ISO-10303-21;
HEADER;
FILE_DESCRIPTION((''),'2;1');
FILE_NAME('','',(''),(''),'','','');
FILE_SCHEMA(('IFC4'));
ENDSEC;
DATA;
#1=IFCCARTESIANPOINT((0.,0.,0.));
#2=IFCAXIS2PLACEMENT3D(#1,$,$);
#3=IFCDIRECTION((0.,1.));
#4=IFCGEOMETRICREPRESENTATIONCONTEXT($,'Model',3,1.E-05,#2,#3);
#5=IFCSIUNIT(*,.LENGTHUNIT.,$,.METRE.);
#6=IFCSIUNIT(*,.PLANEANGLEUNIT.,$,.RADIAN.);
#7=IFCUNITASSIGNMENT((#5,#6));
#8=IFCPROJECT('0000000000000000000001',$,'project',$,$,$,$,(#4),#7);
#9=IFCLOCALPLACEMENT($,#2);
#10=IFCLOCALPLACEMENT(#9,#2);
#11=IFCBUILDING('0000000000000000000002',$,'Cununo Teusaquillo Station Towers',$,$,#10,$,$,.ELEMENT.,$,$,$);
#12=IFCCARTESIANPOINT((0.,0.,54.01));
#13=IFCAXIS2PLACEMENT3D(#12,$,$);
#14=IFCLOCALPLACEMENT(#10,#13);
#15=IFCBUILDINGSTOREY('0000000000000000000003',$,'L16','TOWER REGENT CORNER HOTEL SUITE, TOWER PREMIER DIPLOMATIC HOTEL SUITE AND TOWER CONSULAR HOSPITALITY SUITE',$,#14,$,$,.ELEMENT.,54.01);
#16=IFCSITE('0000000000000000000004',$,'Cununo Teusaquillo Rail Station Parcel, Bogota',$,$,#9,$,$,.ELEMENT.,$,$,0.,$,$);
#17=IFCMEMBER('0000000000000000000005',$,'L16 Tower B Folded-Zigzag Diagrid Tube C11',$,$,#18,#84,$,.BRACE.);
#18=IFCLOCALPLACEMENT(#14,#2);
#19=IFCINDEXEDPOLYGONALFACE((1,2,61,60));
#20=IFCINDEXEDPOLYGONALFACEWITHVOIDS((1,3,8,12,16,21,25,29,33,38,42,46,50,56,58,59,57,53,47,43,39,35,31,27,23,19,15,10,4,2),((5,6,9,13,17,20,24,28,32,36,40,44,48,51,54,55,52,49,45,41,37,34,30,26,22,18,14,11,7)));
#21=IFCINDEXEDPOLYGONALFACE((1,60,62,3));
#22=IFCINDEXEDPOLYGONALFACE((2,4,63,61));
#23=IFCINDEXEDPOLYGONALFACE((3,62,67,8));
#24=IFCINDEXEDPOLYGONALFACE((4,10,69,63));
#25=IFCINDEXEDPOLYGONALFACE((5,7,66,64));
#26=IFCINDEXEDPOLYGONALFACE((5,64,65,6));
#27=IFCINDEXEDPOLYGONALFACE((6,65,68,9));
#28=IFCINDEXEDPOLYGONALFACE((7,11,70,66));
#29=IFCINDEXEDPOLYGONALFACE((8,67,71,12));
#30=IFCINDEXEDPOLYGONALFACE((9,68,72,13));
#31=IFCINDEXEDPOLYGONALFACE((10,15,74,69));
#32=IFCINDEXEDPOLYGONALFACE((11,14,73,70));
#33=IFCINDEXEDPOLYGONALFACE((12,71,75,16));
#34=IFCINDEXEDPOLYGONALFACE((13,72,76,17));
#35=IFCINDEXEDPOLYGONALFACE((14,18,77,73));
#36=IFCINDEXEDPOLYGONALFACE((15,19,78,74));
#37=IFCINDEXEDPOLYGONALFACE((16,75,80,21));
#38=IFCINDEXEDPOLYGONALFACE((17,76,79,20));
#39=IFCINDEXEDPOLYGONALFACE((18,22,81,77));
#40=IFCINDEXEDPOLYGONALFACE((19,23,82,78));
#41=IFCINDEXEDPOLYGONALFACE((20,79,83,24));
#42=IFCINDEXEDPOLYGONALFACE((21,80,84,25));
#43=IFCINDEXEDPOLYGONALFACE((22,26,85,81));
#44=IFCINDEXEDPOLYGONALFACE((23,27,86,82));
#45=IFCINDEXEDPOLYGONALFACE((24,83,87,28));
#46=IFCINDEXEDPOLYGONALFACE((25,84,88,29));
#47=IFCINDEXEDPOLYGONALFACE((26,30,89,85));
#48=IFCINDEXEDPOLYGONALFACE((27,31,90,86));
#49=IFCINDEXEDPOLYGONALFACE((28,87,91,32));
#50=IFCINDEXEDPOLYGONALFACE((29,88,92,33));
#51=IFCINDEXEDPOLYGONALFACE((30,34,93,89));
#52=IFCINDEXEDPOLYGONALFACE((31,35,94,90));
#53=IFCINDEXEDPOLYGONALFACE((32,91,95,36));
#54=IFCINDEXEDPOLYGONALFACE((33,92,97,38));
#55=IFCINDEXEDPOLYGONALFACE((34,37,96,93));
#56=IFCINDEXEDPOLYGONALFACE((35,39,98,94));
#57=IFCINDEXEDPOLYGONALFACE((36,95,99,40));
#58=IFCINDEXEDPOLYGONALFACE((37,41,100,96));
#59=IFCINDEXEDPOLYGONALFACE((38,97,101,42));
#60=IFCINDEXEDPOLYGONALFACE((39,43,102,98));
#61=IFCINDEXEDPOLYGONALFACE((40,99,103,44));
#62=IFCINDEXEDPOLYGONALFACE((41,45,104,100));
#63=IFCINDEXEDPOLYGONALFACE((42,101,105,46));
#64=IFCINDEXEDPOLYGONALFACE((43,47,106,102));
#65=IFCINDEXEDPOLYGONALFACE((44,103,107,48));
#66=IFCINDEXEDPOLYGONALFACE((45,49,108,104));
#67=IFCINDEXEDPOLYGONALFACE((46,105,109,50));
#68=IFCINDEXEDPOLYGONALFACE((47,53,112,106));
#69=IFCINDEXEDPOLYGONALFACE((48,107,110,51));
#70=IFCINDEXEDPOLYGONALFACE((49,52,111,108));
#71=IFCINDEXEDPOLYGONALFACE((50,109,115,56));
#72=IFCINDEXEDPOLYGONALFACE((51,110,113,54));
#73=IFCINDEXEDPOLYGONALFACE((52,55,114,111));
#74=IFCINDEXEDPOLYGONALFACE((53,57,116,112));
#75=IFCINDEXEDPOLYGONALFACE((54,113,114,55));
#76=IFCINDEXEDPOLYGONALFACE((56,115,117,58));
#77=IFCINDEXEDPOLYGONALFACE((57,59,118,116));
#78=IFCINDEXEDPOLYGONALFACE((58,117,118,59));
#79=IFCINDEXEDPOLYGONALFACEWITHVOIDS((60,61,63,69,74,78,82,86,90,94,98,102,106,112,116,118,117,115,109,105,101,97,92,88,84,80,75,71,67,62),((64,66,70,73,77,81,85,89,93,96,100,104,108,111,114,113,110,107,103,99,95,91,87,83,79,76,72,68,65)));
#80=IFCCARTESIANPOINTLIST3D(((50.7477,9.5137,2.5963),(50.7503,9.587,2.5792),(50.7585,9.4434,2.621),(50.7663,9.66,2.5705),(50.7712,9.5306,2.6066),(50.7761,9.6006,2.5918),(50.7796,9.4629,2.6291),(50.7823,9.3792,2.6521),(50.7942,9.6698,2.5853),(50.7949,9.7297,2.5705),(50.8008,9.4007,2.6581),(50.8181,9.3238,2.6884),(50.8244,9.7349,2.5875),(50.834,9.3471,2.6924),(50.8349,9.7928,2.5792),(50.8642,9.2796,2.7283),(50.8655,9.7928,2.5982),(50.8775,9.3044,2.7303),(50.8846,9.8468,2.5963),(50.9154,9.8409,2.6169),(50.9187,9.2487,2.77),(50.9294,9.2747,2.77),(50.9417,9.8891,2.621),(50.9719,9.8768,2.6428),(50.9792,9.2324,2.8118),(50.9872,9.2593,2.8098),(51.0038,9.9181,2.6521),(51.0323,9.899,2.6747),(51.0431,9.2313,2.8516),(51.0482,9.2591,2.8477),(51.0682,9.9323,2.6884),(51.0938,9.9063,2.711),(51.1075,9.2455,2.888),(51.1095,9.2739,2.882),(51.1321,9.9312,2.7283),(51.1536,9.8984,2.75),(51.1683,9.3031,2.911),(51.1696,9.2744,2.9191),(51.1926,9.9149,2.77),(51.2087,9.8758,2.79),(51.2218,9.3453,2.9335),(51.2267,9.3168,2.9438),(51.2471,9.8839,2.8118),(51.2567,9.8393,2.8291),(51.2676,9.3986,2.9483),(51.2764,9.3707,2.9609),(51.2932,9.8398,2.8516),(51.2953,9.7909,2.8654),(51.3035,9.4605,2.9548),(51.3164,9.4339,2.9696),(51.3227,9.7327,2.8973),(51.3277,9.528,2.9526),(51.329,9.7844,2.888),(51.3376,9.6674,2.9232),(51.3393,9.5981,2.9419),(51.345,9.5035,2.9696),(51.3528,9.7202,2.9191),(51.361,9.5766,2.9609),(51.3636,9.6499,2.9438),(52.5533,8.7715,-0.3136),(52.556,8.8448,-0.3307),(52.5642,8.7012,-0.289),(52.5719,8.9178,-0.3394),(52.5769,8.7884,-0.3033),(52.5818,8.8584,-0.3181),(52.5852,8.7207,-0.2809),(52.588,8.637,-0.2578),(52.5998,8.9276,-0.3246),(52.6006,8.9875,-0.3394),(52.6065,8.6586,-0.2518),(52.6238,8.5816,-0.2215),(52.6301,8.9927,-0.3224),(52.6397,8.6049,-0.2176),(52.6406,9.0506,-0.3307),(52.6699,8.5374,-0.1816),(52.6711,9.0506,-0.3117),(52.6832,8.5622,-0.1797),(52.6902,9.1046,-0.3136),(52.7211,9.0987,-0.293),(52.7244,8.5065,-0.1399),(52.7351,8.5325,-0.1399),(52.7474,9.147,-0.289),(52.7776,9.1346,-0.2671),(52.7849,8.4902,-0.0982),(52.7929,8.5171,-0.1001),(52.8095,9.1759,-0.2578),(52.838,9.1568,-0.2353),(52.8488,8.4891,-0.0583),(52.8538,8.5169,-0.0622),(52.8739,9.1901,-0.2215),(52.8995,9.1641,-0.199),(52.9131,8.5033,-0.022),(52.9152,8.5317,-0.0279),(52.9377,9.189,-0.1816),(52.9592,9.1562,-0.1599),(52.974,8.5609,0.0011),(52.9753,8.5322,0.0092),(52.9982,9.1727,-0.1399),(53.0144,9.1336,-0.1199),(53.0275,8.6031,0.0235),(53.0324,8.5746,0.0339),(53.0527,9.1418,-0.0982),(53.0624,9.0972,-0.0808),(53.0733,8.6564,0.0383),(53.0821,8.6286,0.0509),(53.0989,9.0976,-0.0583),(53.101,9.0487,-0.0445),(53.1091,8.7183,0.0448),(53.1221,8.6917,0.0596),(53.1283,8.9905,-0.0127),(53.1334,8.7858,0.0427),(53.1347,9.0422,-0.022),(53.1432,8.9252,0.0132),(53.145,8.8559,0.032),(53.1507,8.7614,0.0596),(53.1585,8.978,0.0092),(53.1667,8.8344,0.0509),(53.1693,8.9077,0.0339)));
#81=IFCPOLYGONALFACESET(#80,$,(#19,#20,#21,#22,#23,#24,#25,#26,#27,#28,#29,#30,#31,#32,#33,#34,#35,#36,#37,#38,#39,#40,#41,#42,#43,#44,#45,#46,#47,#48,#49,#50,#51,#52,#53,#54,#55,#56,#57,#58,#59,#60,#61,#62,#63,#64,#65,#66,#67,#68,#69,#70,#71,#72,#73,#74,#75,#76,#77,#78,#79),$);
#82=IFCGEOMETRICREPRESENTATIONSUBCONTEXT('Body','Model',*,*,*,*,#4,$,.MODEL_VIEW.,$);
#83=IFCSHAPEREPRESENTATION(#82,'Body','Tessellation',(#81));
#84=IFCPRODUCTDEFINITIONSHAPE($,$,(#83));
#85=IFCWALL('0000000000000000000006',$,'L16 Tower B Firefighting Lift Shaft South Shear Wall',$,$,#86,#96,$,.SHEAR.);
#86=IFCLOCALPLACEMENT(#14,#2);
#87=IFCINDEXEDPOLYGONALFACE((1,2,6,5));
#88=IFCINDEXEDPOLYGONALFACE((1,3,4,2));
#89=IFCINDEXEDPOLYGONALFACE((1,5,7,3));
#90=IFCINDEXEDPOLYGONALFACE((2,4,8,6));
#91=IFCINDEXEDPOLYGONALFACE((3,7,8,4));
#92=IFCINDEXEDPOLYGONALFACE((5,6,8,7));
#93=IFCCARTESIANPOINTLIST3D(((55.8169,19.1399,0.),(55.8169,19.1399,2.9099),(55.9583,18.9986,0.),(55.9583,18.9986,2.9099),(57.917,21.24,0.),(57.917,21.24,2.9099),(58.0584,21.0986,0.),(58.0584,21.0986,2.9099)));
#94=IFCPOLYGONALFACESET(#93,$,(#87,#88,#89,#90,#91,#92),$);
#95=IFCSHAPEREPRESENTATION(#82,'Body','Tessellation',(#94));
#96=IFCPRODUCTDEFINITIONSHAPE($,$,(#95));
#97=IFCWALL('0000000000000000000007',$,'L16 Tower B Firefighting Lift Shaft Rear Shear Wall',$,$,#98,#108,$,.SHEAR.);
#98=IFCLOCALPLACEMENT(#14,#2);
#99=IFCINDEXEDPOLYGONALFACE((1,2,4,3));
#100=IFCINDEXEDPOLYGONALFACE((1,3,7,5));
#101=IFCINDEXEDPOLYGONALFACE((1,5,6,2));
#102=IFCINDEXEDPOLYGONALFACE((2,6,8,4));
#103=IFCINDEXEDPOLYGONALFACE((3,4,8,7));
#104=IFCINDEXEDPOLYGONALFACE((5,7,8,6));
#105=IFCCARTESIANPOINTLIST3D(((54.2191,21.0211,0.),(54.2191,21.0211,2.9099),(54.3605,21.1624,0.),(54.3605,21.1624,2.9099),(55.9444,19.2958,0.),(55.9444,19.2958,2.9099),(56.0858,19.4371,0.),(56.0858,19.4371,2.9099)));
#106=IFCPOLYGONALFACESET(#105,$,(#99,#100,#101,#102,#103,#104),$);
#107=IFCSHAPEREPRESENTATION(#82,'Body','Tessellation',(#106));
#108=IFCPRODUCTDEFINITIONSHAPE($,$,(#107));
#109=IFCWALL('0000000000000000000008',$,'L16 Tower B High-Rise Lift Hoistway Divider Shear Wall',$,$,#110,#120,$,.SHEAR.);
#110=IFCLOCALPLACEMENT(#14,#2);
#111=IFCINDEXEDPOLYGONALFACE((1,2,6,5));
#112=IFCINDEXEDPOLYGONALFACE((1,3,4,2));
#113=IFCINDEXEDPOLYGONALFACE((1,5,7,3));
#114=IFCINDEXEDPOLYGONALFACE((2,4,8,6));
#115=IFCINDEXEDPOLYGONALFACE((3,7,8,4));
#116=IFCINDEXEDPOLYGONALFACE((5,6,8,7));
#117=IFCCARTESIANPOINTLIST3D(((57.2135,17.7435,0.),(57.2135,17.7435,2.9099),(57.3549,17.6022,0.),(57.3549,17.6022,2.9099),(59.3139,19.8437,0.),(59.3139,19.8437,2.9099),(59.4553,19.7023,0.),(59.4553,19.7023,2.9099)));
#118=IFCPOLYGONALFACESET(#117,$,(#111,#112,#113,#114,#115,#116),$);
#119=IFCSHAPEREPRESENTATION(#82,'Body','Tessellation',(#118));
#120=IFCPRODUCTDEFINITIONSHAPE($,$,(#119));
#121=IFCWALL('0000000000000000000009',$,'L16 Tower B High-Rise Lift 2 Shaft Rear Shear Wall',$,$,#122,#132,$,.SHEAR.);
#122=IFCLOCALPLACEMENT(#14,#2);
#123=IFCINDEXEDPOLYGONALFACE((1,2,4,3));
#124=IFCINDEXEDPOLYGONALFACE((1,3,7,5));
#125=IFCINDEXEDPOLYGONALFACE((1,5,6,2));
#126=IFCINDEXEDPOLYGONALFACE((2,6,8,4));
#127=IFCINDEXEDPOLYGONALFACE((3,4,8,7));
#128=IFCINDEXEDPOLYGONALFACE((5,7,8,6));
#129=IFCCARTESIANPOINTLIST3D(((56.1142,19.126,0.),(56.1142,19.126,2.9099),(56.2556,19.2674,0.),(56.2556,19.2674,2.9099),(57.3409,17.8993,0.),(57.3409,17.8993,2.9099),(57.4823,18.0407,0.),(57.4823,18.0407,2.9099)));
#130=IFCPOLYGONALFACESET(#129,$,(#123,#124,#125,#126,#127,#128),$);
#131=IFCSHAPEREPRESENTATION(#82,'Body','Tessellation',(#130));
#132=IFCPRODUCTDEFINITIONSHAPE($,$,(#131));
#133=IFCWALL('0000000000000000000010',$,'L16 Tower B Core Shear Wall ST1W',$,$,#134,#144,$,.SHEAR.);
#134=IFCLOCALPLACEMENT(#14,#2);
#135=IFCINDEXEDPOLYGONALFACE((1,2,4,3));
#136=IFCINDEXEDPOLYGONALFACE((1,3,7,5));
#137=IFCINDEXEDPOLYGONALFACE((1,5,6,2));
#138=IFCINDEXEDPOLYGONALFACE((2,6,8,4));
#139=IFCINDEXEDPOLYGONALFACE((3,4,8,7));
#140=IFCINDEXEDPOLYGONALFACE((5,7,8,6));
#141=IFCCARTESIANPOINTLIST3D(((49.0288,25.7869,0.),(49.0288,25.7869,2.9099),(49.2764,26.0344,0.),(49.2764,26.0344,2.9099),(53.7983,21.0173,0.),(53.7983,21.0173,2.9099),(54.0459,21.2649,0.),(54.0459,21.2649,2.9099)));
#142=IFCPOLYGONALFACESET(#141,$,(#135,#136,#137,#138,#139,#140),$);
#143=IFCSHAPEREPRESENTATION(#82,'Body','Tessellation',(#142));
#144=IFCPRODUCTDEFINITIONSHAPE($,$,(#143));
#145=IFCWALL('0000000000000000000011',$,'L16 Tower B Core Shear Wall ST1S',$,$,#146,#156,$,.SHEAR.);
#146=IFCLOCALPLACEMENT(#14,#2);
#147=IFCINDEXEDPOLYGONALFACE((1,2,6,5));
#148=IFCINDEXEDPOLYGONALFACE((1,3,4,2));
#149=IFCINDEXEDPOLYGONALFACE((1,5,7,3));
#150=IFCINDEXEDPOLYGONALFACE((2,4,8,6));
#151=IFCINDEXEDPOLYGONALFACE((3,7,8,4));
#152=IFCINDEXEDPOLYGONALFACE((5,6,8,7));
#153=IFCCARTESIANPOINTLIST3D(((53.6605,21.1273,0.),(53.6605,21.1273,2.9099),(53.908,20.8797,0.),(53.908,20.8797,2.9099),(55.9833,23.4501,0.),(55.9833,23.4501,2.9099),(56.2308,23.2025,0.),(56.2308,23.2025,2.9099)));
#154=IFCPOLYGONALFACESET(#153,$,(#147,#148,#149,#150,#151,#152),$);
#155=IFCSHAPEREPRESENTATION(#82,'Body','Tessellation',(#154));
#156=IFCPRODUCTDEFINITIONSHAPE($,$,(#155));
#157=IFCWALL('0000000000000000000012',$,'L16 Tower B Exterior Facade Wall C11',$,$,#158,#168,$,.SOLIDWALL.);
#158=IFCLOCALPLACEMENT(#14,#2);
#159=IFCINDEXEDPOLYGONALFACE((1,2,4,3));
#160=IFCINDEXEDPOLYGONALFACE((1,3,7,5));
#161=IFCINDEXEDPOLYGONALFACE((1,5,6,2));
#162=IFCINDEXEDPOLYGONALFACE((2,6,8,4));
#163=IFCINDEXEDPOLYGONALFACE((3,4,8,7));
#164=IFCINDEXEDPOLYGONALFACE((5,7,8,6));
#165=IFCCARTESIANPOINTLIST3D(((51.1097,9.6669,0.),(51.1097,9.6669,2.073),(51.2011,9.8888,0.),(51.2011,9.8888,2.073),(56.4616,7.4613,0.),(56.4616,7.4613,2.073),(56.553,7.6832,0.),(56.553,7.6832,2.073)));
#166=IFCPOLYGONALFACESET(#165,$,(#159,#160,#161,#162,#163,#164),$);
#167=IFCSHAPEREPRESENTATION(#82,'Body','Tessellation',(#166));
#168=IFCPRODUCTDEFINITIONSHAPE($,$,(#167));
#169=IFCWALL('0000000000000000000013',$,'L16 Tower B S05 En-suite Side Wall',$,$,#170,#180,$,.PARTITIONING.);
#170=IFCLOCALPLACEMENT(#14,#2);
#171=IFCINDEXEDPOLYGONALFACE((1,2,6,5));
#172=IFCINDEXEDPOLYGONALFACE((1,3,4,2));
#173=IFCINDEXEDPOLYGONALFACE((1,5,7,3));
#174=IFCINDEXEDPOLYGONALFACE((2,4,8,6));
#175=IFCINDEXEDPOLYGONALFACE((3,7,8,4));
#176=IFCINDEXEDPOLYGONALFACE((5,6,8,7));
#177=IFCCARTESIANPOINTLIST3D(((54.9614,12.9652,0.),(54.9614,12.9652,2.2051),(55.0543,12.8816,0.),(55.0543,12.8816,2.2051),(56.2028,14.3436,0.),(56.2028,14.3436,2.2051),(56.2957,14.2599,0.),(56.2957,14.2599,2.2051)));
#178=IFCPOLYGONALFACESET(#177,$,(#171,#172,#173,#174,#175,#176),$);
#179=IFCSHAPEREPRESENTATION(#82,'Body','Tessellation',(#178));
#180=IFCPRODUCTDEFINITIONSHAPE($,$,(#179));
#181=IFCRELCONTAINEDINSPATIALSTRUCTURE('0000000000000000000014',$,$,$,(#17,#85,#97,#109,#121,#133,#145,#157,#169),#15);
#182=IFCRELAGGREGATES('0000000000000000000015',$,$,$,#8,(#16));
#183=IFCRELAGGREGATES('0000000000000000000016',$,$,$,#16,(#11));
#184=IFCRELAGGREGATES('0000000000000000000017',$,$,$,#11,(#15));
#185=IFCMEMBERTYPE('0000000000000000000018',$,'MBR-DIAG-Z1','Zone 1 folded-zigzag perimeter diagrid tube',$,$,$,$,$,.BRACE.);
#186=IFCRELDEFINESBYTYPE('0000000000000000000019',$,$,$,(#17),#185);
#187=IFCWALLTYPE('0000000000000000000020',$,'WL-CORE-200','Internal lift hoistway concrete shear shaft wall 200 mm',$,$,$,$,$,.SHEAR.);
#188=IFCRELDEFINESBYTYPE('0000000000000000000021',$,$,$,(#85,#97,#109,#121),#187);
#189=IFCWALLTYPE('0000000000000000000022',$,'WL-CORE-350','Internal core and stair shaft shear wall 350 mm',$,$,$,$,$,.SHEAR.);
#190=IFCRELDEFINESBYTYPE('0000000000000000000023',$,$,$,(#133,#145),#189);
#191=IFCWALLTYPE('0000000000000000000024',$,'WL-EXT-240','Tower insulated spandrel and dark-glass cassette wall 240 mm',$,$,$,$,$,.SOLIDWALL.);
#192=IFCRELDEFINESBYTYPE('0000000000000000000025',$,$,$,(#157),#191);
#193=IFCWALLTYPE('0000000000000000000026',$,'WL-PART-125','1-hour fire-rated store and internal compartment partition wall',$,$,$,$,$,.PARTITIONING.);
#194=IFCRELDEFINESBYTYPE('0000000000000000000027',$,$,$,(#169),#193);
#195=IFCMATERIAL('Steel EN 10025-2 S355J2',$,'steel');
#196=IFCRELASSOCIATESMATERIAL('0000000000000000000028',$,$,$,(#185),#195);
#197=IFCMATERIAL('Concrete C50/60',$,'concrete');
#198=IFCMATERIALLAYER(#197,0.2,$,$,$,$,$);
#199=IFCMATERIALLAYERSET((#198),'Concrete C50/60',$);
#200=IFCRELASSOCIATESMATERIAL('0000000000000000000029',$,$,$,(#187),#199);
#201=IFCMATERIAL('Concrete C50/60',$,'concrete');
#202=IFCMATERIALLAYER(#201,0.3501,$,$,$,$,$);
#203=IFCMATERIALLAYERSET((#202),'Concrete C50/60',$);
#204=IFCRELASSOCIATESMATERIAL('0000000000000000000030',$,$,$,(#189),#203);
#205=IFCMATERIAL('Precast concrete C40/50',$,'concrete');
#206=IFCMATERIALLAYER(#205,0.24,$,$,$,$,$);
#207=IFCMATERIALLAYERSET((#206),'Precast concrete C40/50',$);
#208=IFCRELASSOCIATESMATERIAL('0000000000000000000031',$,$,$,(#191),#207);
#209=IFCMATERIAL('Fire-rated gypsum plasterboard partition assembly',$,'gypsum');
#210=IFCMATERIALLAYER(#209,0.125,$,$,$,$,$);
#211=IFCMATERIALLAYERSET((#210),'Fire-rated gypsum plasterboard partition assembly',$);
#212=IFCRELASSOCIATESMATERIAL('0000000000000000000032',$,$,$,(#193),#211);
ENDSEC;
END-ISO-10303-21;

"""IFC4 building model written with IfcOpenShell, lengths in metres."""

from ifc_helpers import new_model, si_unit, direction, frame, frame_2d, origin, origin_2d, place, context, subcontext, project, spatial, rectangle, hollow_circle, extrude, material, layer, layer_set, material_profile, profile_set, type_object, element, save


model = new_model("IFC4")

# Units and contexts
model_context = context("Model", 3, precision=1e-05, world=origin(), true_north=direction((0.0, 1.0)))
body_context = subcontext(model_context, "Body", "Model", "MODEL_VIEW")
ifc_project = project(units=[si_unit("LENGTHUNIT", "METRE"), si_unit("PLANEANGLEUNIT", "RADIAN")], contexts=[model_context])

# Site, building, storey
site_placement = place(None, origin())
site = spatial("IfcSite", under=ifc_project, at=site_placement, Name="Cununo Teusaquillo Rail Station Parcel, Bogota", CompositionType="ELEMENT", RefElevation=0.0)
building_placement = place(site_placement, origin())
building = spatial("IfcBuilding", under=site, at=building_placement, Name="Cununo Teusaquillo Station Towers", CompositionType="ELEMENT")
storey_placement = place(building_placement, frame((0.0, 0.0, 54.01)))
storey = spatial("IfcBuildingStorey", under=building, at=storey_placement, Name="L16", Description="TOWER REGENT CORNER HOTEL SUITE, TOWER PREMIER DIPLOMATIC HOTEL SUITE AND TOWER CONSULAR HOSPITALITY SUITE", CompositionType="ELEMENT", Elevation=54.01)

# Member
ifc_material_1 = material(Name="Steel EN 10025-2 S355J2", Category="steel")
ifc_material_profile_1 = material_profile(ifc_material_1, hollow_circle(Radius=0.3601, WallThickness=0.0281, at=origin_2d()), Name="CHS 720x28")
ifc_profile_set_1 = profile_set([ifc_material_profile_1], Name="Steel EN 10025-2 S355J2")
member_type = type_object("IfcMemberType", Name="MBR-DIAG-Z1", Description="Zone 1 folded-zigzag perimeter diagrid tube", PredefinedType="BRACE", material=ifc_profile_set_1)
member_placement = place(storey_placement, frame((52.8613, 8.8396, -0.1399), z_axis=(-0.515298, 0.211804, 0.830426), x_axis=(-0.380171, -0.924916, 0.0)))
element("IfcMember", 1, at=member_placement, inside=storey, type_object=member_type, Name="L16 Tower B Folded-Zigzag Diagrid Tube C11", PredefinedType="BRACE", context=body_context, shape_type="SweptSolid", body=[
    extrude(hollow_circle(Radius=0.3601, WallThickness=0.0281, at=origin_2d()), origin(), (0.0, 0.0, 1.0), 3.5042),
])

# Walls
ifc_material_2 = material(Name="Concrete C50/60", Category="concrete")
ifc_layer_1 = layer(ifc_material_2, 0.2)
ifc_layer_set_1 = layer_set([ifc_layer_1], Name="Concrete C50/60")
wall_type_1 = type_object("IfcWallType", Name="WL-CORE-200", Description="Internal lift hoistway concrete shear shaft wall 200 mm", PredefinedType="SHEAR", material=ifc_layer_set_1)
wall_1_placement = place(storey_placement, frame((55.8877, 19.0693, 0.0), z_axis=(0.0, 0.0, 1.0), x_axis=(0.707107, 0.707107, 0.0)))
element("IfcWall", 2, at=wall_1_placement, inside=storey, type_object=wall_type_1, Name="L16 Tower B Firefighting Lift Shaft South Shear Wall", PredefinedType="SHEAR", context=body_context, shape_type="SweptSolid", body=[
    extrude(rectangle(XDim=2.97, YDim=0.2, at=frame_2d((1.4849, 0.0))), origin(), (0.0, 0.0, 1.0), 2.9099),
])
wall_2_placement = place(storey_placement, frame((56.0151, 19.3665, 0.0), z_axis=(0.0, 0.0, 1.0), x_axis=(-0.707107, 0.707107, 0.0)))
element("IfcWall", 3, at=wall_2_placement, inside=storey, type_object=wall_type_1, Name="L16 Tower B Firefighting Lift Shaft Rear Shear Wall", PredefinedType="SHEAR", context=body_context, shape_type="SweptSolid", body=[
    extrude(rectangle(XDim=2.4399, YDim=0.2, at=frame_2d((1.22, 0.0))), origin(), (0.0, 0.0, 1.0), 2.9099),
])
wall_3_placement = place(storey_placement, frame((57.2842, 17.6729, 0.0), z_axis=(0.0, 0.0, 1.0), x_axis=(0.707148, 0.707066, 0.0)))
element("IfcWall", 4, at=wall_3_placement, inside=storey, type_object=wall_type_1, Name="L16 Tower B High-Rise Lift Hoistway Divider Shear Wall", PredefinedType="SHEAR", context=body_context, shape_type="SweptSolid", body=[
    extrude(rectangle(XDim=2.9702, YDim=0.2, at=frame_2d((1.4851, 0.0))), origin(), (0.0, 0.0, 1.0), 2.9099),
])
wall_4_placement = place(storey_placement, frame((57.4116, 17.97, 0.0), z_axis=(0.0, 0.0, 1.0), x_axis=(-0.707107, 0.707107, 0.0)))
element("IfcWall", 5, at=wall_4_placement, inside=storey, type_object=wall_type_1, Name="L16 Tower B High-Rise Lift 2 Shaft Rear Shear Wall", PredefinedType="SHEAR", context=body_context, shape_type="SweptSolid", body=[
    extrude(rectangle(XDim=1.7349, YDim=0.2, at=frame_2d((0.8674, 0.0))), origin(), (0.0, 0.0, 1.0), 2.9099),
])
ifc_material_3 = material(Name="Concrete C50/60", Category="concrete")
ifc_layer_2 = layer(ifc_material_3, 0.3501)
ifc_layer_set_2 = layer_set([ifc_layer_2], Name="Concrete C50/60")
wall_type_2 = type_object("IfcWallType", Name="WL-CORE-350", Description="Internal core and stair shaft shear wall 350 mm", PredefinedType="SHEAR", material=ifc_layer_set_2)
wall_5_placement = place(storey_placement, frame((53.9221, 21.1411, 0.0), z_axis=(0.0, 0.0, 1.0), x_axis=(-0.707107, 0.707107, 0.0)))
element("IfcWall", 6, at=wall_5_placement, inside=storey, type_object=wall_type_2, Name="L16 Tower B Core Shear Wall ST1W", PredefinedType="SHEAR", context=body_context, shape_type="SweptSolid", body=[
    extrude(rectangle(XDim=6.7451, YDim=0.3501, at=frame_2d((3.3726, 0.0))), origin(), (0.0, 0.0, 1.0), 2.9099),
])
wall_6_placement = place(storey_placement, frame((53.7842, 21.0034, 0.0), z_axis=(0.0, 0.0, 1.0), x_axis=(0.707107, 0.707107, 0.0)))
element("IfcWall", 7, at=wall_6_placement, inside=storey, type_object=wall_type_2, Name="L16 Tower B Core Shear Wall ST1S", PredefinedType="SHEAR", context=body_context, shape_type="SweptSolid", body=[
    extrude(rectangle(XDim=3.2849, YDim=0.3501, at=frame_2d((1.6426, 0.0))), origin(), (0.0, 0.0, 1.0), 2.9099),
])
ifc_material_4 = material(Name="Precast concrete C40/50", Category="concrete")
ifc_layer_3 = layer(ifc_material_4, 0.24)
ifc_layer_set_3 = layer_set([ifc_layer_3], Name="Precast concrete C40/50")
wall_type_3 = type_object("IfcWallType", Name="WL-EXT-240", Description="Tower insulated spandrel and dark-glass cassette wall 240 mm", PredefinedType="SOLIDWALL", material=ifc_layer_set_3)
wall_7_placement = place(storey_placement, frame((56.5073, 7.5723, 0.0), z_axis=(0.0, 0.0, 1.0), x_axis=(-0.924564, 0.381028, 0.0)))
element("IfcWall", 8, at=wall_7_placement, inside=storey, type_object=wall_type_3, Name="L16 Tower B Exterior Facade Wall C11", PredefinedType="SOLIDWALL", context=body_context, shape_type="SweptSolid", body=[
    extrude(rectangle(XDim=5.7886, YDim=0.24, at=frame_2d((2.8943, 0.0))), origin(), (0.0, 0.0, 1.0), 2.073),
])
ifc_material_5 = material(Name="Fire-rated gypsum plasterboard partition assembly", Category="gypsum")
ifc_layer_4 = layer(ifc_material_5, 0.125)
ifc_layer_set_4 = layer_set([ifc_layer_4], Name="Fire-rated gypsum plasterboard partition assembly")
wall_type_4 = type_object("IfcWallType", Name="WL-PART-125", Description="1-hour fire-rated store and internal compartment partition wall", PredefinedType="PARTITIONING", material=ifc_layer_set_4)
wall_8_placement = place(storey_placement, frame((56.2493, 14.3018, 0.0), z_axis=(0.0, 0.0, 1.0), x_axis=(-0.669226, -0.743059, 0.0)))
element("IfcWall", 9, at=wall_8_placement, inside=storey, type_object=wall_type_4, Name="L16 Tower B S05 En-suite Side Wall", PredefinedType="PARTITIONING", context=body_context, shape_type="SweptSolid", body=[
    extrude(rectangle(XDim=1.855, YDim=0.125, at=frame_2d((0.9275, 0.0))), origin(), (0.0, 0.0, 1.0), 2.2051),
])

save(model, "model.ifc")
